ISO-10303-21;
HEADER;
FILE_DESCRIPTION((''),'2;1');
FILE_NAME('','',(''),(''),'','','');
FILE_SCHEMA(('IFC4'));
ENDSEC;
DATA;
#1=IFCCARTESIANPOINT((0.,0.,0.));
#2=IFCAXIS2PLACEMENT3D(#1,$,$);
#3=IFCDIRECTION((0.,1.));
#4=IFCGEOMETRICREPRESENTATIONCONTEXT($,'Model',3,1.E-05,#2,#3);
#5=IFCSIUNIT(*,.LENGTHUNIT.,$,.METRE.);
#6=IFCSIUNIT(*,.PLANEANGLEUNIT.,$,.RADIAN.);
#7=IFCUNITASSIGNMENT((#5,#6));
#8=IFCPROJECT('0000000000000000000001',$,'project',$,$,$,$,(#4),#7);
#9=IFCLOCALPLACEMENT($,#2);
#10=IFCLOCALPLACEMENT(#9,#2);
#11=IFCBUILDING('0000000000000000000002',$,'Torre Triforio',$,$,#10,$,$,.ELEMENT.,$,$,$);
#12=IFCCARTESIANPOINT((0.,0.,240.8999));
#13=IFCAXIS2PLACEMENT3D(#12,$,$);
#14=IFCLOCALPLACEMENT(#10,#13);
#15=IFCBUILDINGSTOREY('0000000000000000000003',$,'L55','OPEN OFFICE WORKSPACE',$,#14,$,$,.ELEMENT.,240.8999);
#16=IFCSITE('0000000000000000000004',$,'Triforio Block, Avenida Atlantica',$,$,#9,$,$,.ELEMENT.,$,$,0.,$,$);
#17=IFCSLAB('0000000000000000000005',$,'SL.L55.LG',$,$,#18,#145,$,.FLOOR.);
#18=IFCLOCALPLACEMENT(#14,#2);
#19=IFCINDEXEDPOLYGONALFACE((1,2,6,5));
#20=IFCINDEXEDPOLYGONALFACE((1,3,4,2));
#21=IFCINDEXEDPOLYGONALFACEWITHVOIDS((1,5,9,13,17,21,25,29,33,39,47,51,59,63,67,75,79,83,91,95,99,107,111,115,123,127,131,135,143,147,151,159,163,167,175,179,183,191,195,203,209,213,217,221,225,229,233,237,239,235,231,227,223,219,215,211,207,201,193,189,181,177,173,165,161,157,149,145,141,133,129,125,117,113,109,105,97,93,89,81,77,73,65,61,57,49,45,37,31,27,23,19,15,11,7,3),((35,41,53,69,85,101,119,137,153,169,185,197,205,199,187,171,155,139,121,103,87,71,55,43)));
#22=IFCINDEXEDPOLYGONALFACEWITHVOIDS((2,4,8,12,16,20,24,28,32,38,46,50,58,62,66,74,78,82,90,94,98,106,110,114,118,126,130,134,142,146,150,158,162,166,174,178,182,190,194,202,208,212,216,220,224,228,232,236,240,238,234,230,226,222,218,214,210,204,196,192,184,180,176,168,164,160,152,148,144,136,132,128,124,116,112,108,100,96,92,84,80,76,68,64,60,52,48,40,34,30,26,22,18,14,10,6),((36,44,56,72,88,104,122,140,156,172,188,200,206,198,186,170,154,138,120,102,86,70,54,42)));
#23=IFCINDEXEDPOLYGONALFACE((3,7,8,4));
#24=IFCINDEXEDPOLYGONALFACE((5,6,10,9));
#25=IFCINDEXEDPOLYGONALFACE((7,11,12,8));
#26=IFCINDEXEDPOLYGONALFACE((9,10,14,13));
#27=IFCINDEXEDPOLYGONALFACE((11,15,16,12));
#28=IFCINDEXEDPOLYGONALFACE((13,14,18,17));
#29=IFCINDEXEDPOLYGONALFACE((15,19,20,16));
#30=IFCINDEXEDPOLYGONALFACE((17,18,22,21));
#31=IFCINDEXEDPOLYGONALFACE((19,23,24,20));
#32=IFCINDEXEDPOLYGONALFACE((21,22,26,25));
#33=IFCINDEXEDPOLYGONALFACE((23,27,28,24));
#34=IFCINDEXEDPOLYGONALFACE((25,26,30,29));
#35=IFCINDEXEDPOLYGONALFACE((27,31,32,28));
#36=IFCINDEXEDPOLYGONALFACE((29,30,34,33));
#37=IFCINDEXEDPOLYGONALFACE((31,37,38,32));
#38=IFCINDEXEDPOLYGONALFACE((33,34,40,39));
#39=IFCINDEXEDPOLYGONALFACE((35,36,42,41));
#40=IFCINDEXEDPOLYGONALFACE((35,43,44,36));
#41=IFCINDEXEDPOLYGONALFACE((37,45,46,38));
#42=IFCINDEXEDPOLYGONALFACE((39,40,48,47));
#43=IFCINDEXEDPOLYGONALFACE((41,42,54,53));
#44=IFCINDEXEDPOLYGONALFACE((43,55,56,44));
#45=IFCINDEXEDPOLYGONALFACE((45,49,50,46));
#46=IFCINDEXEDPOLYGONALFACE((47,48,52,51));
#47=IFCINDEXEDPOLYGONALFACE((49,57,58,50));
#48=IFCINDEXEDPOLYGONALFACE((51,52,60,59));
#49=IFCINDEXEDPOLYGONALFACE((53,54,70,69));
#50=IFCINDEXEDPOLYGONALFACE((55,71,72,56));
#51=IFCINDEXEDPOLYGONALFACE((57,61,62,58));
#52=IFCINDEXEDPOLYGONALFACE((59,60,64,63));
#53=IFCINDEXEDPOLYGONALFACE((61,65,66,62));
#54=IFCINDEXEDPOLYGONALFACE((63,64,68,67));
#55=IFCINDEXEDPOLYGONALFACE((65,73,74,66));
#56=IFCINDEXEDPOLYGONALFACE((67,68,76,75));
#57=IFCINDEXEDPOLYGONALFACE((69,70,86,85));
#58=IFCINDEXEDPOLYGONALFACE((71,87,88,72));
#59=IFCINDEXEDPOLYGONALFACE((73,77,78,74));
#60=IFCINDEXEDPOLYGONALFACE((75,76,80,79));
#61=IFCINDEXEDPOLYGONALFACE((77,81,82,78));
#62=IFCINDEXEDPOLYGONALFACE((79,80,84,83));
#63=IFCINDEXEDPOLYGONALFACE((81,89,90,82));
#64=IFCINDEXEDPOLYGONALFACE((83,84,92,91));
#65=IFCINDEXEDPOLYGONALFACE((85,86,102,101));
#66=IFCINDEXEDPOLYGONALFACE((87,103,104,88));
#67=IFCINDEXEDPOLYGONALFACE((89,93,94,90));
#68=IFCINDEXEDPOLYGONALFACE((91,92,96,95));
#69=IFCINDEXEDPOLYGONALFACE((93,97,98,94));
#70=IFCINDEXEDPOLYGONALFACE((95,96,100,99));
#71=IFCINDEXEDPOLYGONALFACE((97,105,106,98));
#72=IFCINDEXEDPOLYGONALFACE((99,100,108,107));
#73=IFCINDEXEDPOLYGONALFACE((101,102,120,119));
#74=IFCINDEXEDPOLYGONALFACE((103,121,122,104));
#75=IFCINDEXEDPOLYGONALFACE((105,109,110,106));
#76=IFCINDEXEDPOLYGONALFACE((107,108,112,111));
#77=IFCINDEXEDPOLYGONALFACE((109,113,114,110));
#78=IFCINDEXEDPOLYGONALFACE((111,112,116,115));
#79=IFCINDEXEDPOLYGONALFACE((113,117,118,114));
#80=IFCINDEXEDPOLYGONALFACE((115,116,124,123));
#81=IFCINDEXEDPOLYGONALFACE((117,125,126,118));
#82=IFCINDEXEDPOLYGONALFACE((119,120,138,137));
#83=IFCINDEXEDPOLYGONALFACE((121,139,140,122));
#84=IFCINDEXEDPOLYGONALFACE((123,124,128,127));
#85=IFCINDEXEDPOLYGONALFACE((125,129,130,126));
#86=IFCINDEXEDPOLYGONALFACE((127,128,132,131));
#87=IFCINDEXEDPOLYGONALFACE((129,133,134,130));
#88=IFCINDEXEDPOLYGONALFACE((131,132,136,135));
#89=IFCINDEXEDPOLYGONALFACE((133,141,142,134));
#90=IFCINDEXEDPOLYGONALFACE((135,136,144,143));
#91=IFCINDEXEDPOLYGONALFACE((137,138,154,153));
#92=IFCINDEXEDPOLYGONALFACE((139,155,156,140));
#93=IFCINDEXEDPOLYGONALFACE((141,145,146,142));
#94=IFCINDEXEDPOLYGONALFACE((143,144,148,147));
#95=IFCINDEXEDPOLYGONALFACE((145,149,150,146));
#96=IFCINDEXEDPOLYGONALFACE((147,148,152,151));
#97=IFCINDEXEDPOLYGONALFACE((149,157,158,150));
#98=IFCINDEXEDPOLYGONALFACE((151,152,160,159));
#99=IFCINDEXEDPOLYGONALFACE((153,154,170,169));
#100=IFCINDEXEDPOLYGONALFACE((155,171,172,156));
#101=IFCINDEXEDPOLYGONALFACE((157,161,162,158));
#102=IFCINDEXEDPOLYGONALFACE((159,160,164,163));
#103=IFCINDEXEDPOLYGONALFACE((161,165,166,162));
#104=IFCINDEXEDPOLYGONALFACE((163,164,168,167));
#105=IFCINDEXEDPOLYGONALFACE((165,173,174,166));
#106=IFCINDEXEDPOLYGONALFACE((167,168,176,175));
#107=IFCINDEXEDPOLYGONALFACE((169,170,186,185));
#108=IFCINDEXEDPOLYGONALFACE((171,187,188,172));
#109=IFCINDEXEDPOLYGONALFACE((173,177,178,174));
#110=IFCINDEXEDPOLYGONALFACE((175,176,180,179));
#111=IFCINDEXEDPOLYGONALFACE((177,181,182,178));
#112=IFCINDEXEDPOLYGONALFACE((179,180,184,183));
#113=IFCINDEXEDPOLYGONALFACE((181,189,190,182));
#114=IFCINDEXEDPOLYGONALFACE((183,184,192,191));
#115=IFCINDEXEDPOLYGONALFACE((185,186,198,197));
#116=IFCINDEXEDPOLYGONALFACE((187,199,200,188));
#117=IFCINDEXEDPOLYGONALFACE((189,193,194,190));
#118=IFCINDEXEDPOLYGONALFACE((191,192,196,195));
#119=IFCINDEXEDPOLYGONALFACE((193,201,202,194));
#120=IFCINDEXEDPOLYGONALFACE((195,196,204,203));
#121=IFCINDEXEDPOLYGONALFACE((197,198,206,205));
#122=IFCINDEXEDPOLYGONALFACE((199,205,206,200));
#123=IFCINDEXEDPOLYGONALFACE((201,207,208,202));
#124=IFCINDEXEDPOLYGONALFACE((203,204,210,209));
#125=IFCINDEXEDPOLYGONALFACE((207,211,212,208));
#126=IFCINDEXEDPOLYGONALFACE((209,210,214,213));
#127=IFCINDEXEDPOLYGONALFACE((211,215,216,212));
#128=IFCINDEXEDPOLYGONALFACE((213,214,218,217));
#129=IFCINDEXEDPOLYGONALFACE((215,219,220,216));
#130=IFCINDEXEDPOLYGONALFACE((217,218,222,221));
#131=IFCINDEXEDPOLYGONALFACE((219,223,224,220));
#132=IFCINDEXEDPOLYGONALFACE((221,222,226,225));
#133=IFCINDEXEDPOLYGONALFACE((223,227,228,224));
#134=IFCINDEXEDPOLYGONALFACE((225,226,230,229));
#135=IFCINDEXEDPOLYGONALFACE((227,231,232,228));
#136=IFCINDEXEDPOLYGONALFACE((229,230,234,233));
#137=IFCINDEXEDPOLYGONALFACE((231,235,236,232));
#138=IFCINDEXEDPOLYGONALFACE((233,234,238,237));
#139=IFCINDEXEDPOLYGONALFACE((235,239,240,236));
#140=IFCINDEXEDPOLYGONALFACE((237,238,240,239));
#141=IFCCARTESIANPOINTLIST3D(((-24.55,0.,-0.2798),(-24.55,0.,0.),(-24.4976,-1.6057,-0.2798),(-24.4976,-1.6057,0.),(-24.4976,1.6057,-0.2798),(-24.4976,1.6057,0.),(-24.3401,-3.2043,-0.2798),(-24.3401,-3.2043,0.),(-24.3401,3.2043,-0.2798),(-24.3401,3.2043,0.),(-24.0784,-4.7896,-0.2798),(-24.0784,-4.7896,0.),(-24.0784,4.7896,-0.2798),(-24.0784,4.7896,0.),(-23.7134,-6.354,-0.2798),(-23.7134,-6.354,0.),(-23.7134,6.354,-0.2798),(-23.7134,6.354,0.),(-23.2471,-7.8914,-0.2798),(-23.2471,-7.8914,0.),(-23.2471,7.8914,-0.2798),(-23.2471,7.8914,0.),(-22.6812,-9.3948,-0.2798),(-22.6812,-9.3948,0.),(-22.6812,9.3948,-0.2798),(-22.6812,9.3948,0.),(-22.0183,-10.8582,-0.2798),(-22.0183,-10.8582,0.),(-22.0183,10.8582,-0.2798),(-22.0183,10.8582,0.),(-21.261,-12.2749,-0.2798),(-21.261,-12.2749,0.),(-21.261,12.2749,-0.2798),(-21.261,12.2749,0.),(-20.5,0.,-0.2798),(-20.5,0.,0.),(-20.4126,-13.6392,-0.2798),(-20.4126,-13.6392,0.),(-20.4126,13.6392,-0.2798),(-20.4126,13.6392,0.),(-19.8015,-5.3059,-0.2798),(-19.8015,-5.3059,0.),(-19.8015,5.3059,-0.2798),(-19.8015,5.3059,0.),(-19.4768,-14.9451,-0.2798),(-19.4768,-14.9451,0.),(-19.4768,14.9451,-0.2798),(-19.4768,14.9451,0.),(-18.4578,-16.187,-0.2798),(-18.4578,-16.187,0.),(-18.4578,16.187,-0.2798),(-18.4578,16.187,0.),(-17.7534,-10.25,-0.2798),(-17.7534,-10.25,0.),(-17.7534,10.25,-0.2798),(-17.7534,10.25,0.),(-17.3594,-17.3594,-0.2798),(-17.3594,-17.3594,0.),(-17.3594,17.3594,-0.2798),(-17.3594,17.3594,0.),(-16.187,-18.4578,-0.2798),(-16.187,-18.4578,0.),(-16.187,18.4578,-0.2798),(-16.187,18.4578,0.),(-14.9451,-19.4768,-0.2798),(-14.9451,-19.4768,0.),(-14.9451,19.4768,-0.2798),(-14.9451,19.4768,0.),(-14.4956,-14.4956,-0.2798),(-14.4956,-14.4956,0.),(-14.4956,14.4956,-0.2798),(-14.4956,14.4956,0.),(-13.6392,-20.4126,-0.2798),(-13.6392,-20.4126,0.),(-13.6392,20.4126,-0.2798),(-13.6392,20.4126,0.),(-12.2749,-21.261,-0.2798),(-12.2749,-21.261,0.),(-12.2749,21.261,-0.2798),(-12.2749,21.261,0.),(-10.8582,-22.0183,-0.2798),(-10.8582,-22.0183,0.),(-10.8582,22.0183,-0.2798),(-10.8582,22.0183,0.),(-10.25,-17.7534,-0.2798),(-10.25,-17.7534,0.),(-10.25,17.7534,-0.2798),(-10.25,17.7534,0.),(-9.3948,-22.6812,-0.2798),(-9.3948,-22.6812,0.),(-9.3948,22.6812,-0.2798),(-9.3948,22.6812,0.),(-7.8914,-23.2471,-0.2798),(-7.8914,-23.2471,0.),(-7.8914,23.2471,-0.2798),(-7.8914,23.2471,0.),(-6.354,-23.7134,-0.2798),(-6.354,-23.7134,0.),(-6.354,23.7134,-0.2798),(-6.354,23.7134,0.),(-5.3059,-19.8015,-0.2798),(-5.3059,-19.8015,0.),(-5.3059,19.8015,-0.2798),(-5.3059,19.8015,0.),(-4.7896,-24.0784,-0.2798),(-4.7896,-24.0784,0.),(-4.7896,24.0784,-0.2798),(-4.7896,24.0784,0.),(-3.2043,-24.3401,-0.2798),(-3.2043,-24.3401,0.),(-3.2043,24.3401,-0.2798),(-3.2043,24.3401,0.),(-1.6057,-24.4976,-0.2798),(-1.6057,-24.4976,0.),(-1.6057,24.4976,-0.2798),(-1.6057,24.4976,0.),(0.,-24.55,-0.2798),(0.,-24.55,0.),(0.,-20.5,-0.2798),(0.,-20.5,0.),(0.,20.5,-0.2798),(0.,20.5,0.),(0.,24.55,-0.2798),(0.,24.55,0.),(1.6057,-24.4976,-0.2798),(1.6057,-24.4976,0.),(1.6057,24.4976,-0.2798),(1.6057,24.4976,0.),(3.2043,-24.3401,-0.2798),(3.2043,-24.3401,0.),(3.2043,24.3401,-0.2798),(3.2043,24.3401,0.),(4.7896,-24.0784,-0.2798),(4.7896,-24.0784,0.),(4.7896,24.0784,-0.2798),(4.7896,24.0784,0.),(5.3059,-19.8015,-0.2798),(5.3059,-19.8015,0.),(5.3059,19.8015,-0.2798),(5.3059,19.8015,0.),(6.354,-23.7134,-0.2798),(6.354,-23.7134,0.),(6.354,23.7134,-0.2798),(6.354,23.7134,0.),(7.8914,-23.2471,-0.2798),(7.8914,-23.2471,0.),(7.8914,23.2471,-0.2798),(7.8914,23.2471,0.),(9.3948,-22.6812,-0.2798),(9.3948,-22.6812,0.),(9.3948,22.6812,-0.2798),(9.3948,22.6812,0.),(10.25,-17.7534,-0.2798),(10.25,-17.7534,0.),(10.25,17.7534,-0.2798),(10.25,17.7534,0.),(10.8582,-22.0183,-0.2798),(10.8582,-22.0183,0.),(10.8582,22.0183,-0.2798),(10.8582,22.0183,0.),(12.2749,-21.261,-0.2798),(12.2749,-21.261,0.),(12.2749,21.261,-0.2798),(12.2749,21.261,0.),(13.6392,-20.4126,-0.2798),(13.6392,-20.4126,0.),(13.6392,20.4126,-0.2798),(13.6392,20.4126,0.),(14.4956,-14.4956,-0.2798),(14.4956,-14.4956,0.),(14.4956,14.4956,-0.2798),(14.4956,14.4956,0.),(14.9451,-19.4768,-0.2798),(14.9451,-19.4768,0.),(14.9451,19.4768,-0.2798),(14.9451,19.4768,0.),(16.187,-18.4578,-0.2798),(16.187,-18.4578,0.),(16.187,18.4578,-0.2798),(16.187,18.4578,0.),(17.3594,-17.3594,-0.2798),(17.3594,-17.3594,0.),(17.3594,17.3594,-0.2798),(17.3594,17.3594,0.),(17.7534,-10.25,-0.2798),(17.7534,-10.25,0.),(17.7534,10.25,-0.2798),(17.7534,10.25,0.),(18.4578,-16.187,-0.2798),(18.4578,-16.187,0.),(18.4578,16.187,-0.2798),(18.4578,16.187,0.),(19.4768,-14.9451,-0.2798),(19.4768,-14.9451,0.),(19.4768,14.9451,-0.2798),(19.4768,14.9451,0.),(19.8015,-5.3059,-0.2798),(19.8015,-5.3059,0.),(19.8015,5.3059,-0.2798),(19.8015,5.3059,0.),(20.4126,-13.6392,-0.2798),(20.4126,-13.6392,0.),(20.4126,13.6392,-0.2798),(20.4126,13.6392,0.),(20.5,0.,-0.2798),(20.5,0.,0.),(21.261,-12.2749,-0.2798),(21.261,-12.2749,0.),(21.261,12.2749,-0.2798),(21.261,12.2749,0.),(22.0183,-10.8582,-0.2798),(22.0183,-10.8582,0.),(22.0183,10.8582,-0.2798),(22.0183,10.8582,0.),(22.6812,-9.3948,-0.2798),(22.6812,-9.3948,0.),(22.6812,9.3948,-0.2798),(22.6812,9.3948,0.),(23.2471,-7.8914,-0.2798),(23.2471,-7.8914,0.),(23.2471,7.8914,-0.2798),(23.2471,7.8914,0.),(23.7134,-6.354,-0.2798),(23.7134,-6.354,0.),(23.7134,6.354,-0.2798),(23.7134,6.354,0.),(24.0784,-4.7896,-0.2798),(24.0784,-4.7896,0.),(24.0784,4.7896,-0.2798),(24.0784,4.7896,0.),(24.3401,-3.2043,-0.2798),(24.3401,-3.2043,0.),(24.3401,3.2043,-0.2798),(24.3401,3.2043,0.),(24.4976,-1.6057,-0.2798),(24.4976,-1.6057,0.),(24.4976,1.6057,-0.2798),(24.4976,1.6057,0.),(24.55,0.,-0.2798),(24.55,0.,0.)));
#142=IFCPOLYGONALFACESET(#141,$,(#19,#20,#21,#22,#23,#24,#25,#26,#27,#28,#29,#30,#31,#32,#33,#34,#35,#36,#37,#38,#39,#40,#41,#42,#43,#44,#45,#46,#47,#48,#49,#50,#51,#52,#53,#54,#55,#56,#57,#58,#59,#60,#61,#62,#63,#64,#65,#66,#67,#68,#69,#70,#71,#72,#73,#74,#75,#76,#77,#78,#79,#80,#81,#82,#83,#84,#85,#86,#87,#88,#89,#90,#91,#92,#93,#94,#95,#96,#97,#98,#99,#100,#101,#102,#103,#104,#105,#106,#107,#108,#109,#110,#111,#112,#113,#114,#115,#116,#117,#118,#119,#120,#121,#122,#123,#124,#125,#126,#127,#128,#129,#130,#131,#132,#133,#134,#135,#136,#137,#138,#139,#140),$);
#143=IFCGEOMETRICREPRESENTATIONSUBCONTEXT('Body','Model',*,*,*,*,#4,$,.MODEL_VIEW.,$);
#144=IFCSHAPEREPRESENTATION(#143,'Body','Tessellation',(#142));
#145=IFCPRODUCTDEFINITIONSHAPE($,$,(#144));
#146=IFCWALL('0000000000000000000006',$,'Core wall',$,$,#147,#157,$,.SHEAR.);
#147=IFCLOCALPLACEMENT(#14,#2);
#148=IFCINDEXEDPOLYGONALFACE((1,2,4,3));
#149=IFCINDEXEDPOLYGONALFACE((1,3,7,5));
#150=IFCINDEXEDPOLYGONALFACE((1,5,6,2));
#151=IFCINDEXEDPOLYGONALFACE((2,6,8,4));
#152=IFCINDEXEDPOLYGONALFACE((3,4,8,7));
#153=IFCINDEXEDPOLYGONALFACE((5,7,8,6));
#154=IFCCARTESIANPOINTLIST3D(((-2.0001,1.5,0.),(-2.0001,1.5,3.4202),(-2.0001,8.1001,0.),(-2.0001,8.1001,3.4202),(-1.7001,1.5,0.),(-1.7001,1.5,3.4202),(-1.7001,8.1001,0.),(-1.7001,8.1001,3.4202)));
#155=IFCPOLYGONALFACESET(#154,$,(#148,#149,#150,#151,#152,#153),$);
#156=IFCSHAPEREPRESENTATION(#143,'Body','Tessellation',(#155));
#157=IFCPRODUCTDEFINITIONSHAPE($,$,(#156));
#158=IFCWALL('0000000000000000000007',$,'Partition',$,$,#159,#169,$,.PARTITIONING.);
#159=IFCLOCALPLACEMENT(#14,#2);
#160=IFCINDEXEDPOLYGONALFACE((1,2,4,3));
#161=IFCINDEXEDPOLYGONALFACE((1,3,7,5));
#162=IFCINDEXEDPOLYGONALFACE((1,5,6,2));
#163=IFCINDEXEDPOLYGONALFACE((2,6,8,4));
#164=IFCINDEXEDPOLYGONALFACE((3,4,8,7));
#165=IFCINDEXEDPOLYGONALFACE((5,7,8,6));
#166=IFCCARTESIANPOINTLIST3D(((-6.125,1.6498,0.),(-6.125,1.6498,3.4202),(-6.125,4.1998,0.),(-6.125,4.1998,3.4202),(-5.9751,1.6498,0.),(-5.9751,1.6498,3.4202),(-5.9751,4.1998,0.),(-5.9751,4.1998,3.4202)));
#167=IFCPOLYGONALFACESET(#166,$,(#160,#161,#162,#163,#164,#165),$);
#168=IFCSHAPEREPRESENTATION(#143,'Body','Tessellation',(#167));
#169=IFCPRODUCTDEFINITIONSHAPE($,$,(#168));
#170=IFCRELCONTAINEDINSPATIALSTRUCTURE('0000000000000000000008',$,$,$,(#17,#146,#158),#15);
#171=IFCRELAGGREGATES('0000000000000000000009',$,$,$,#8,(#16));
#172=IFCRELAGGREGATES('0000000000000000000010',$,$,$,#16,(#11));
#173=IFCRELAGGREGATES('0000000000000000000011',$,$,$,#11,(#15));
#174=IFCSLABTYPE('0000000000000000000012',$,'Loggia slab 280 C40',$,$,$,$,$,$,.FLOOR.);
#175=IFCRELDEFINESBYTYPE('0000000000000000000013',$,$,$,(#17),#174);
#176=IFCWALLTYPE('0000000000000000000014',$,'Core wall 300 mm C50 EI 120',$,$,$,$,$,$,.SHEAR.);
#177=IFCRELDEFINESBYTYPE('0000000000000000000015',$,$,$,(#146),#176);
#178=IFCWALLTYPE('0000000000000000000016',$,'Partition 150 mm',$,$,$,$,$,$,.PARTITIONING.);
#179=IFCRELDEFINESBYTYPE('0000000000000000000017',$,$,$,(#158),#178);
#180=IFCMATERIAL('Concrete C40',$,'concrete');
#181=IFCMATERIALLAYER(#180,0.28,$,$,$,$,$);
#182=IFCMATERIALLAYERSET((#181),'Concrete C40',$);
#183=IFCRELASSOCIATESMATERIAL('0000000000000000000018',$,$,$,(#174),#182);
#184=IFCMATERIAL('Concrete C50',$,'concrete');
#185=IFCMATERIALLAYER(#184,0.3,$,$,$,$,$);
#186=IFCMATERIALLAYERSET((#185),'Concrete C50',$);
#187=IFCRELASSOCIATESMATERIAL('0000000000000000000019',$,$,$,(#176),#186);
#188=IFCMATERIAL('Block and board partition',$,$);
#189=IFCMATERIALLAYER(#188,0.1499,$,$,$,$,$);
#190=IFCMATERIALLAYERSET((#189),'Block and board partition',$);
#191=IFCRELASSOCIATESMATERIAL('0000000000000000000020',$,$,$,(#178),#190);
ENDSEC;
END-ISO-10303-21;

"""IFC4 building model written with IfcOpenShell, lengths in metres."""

from ifc_helpers import new_model, si_unit, direction, frame, frame_2d, origin, place, context, subcontext, project, spatial, polyline, rectangle, outline, extrude, material, layer, layer_set, type_object, element, save


model = new_model("IFC4")

# Units and contexts
model_context = context("Model", 3, precision=1e-05, world=origin(), true_north=direction((0.0, 1.0)))
body_context = subcontext(model_context, "Body", "Model", "MODEL_VIEW")
ifc_project = project(units=[si_unit("LENGTHUNIT", "METRE"), si_unit("PLANEANGLEUNIT", "RADIAN")], contexts=[model_context])

# Site, building, storey
site_placement = place(None, origin())
site = spatial("IfcSite", under=ifc_project, at=site_placement, Name="Triforio Block, Avenida Atlantica", CompositionType="ELEMENT", RefElevation=0.0)
building_placement = place(site_placement, origin())
building = spatial("IfcBuilding", under=site, at=building_placement, Name="Torre Triforio", CompositionType="ELEMENT")
storey_placement = place(building_placement, frame((0.0, 0.0, 240.8999)))
storey = spatial("IfcBuildingStorey", under=building, at=storey_placement, Name="L55", Description="OPEN OFFICE WORKSPACE", CompositionType="ELEMENT", Elevation=240.8999)

# Shared definitions
ifc_material_1 = material(Name="Concrete C40", Category="concrete")

# Slab
ifc_layer_1 = layer(ifc_material_1, 0.28)
ifc_layer_set_1 = layer_set([ifc_layer_1], Name="Concrete C40")
slab_type_1 = type_object("IfcSlabType", Name="Loggia slab 280 C40", PredefinedType="FLOOR", material=ifc_layer_set_1)
slab_1_placement = place(storey_placement, frame((0.0, 0.0, -0.2798)))
element("IfcSlab", 1, at=slab_1_placement, inside=storey, type_object=slab_type_1, Name="SL.L55.LG", PredefinedType="FLOOR", context=body_context, shape_type="SweptSolid", body=[
    extrude(outline(polyline([(24.4976, -1.6057), (24.55, 0.0), (24.4976, 1.6057), (24.3401, 3.2043), (24.0784, 4.7896), (23.7134, 6.354), (23.2471, 7.8914), (22.6812, 9.3948), (22.0183, 10.8582), (21.261, 12.2749), (20.4126, 13.6392), (19.4768, 14.9451), (18.4578, 16.187), (17.3594, 17.3594), (16.187, 18.4578), (14.9451, 19.4768), (13.6392, 20.4126), (12.2749, 21.261), (10.8582, 22.0183), (9.3948, 22.6812), (7.8914, 23.2471), (6.354, 23.7134), (4.7896, 24.0784), (3.2043, 24.3401), (1.6057, 24.4976), (0.0, 24.55), (-1.6057, 24.4976), (-3.2043, 24.3401), (-4.7896, 24.0784), (-6.354, 23.7134), (-7.8914, 23.2471), (-9.3948, 22.6812), (-10.8582, 22.0183), (-12.2749, 21.261), (-13.6392, 20.4126), (-14.9451, 19.4768), (-16.187, 18.4578), (-17.3594, 17.3594), (-18.4578, 16.187), (-19.4768, 14.9451), (-20.4126, 13.6392), (-21.261, 12.2749), (-22.0183, 10.8582), (-22.6812, 9.3948), (-23.2471, 7.8914), (-23.7134, 6.354), (-24.0784, 4.7896), (-24.3401, 3.2043), (-24.4976, 1.6057), (-24.55, 0.0), (-24.4976, -1.6057), (-24.3401, -3.2043), (-24.0784, -4.7896), (-23.7134, -6.354), (-23.2471, -7.8914), (-22.6812, -9.3948), (-22.0183, -10.8582), (-21.261, -12.2749), (-20.4126, -13.6392), (-19.4768, -14.9451), (-18.4578, -16.187), (-17.3594, -17.3594), (-16.187, -18.4578), (-14.9451, -19.4768), (-13.6392, -20.4126), (-12.2749, -21.261), (-10.8582, -22.0183), (-9.3948, -22.6812), (-7.8914, -23.2471), (-6.354, -23.7134), (-4.7896, -24.0784), (-3.2043, -24.3401), (-1.6057, -24.4976), (0.0, -24.55), (1.6057, -24.4976), (3.2043, -24.3401), (4.7896, -24.0784), (6.354, -23.7134), (7.8914, -23.2471), (9.3948, -22.6812), (10.8582, -22.0183), (12.2749, -21.261), (13.6392, -20.4126), (14.9451, -19.4768), (16.187, -18.4578), (17.3594, -17.3594), (18.4578, -16.187), (19.4768, -14.9451), (20.4126, -13.6392), (21.261, -12.2749), (22.0183, -10.8582), (22.6812, -9.3948), (23.2471, -7.8914), (23.7134, -6.354), (24.0784, -4.7896), (24.3401, -3.2043), (24.4976, -1.6057)]), holes=[polyline([(19.8015, 5.3059), (20.5, 0.0), (19.8015, -5.3059), (17.7534, -10.25), (14.4956, -14.4956), (10.25, -17.7534), (5.3059, -19.8015), (0.0, -20.5), (-5.3059, -19.8015), (-10.25, -17.7534), (-14.4956, -14.4956), (-17.7534, -10.25), (-19.8015, -5.3059), (-20.5, 0.0), (-19.8015, 5.3059), (-17.7534, 10.25), (-14.4956, 14.4956), (-10.25, 17.7534), (-5.3059, 19.8015), (0.0, 20.5), (5.3059, 19.8015), (10.25, 17.7534), (14.4956, 14.4956), (17.7534, 10.25), (19.8015, 5.3059)])]), origin(), (0.0, 0.0, 1.0), 0.2798),
])

# Walls
ifc_material_2 = material(Name="Concrete C50", Category="concrete")
ifc_layer_2 = layer(ifc_material_2, 0.3)
ifc_layer_set_2 = layer_set([ifc_layer_2], Name="Concrete C50")
wall_type_1 = type_object("IfcWallType", Name="Core wall 300 mm C50 EI 120", PredefinedType="SHEAR", material=ifc_layer_set_2)
wall_1_placement = place(storey_placement, frame((-1.8501, 1.5, 0.0), z_axis=(0.0, 0.0, 1.0), x_axis=(0.0, 1.0, 0.0)))
element("IfcWall", 2, at=wall_1_placement, inside=storey, type_object=wall_type_1, Name="Core wall", PredefinedType="SHEAR", context=body_context, shape_type="SweptSolid", body=[
    extrude(rectangle(XDim=6.6001, YDim=0.3, at=frame_2d((3.3, 0.0))), origin(), (0.0, 0.0, 1.0), 3.4202),
])
ifc_material_3 = material(Name="Block and board partition")
ifc_layer_3 = layer(ifc_material_3, 0.1499)
ifc_layer_set_3 = layer_set([ifc_layer_3], Name="Block and board partition")
wall_type_2 = type_object("IfcWallType", Name="Partition 150 mm", PredefinedType="PARTITIONING", material=ifc_layer_set_3)
wall_2_placement = place(storey_placement, frame((-6.05, 1.6499, 0.0), z_axis=(0.0, 0.0, 1.0), x_axis=(0.0, 1.0, 0.0)))
element("IfcWall", 3, at=wall_2_placement, inside=storey, type_object=wall_type_2, Name="Partition", PredefinedType="PARTITIONING", context=body_context, shape_type="SweptSolid", body=[
    extrude(rectangle(XDim=2.55, YDim=0.1499, at=frame_2d((1.2749, 0.0))), origin(), (0.0, 0.0, 1.0), 3.4202),
])

save(model, "model.ifc")
